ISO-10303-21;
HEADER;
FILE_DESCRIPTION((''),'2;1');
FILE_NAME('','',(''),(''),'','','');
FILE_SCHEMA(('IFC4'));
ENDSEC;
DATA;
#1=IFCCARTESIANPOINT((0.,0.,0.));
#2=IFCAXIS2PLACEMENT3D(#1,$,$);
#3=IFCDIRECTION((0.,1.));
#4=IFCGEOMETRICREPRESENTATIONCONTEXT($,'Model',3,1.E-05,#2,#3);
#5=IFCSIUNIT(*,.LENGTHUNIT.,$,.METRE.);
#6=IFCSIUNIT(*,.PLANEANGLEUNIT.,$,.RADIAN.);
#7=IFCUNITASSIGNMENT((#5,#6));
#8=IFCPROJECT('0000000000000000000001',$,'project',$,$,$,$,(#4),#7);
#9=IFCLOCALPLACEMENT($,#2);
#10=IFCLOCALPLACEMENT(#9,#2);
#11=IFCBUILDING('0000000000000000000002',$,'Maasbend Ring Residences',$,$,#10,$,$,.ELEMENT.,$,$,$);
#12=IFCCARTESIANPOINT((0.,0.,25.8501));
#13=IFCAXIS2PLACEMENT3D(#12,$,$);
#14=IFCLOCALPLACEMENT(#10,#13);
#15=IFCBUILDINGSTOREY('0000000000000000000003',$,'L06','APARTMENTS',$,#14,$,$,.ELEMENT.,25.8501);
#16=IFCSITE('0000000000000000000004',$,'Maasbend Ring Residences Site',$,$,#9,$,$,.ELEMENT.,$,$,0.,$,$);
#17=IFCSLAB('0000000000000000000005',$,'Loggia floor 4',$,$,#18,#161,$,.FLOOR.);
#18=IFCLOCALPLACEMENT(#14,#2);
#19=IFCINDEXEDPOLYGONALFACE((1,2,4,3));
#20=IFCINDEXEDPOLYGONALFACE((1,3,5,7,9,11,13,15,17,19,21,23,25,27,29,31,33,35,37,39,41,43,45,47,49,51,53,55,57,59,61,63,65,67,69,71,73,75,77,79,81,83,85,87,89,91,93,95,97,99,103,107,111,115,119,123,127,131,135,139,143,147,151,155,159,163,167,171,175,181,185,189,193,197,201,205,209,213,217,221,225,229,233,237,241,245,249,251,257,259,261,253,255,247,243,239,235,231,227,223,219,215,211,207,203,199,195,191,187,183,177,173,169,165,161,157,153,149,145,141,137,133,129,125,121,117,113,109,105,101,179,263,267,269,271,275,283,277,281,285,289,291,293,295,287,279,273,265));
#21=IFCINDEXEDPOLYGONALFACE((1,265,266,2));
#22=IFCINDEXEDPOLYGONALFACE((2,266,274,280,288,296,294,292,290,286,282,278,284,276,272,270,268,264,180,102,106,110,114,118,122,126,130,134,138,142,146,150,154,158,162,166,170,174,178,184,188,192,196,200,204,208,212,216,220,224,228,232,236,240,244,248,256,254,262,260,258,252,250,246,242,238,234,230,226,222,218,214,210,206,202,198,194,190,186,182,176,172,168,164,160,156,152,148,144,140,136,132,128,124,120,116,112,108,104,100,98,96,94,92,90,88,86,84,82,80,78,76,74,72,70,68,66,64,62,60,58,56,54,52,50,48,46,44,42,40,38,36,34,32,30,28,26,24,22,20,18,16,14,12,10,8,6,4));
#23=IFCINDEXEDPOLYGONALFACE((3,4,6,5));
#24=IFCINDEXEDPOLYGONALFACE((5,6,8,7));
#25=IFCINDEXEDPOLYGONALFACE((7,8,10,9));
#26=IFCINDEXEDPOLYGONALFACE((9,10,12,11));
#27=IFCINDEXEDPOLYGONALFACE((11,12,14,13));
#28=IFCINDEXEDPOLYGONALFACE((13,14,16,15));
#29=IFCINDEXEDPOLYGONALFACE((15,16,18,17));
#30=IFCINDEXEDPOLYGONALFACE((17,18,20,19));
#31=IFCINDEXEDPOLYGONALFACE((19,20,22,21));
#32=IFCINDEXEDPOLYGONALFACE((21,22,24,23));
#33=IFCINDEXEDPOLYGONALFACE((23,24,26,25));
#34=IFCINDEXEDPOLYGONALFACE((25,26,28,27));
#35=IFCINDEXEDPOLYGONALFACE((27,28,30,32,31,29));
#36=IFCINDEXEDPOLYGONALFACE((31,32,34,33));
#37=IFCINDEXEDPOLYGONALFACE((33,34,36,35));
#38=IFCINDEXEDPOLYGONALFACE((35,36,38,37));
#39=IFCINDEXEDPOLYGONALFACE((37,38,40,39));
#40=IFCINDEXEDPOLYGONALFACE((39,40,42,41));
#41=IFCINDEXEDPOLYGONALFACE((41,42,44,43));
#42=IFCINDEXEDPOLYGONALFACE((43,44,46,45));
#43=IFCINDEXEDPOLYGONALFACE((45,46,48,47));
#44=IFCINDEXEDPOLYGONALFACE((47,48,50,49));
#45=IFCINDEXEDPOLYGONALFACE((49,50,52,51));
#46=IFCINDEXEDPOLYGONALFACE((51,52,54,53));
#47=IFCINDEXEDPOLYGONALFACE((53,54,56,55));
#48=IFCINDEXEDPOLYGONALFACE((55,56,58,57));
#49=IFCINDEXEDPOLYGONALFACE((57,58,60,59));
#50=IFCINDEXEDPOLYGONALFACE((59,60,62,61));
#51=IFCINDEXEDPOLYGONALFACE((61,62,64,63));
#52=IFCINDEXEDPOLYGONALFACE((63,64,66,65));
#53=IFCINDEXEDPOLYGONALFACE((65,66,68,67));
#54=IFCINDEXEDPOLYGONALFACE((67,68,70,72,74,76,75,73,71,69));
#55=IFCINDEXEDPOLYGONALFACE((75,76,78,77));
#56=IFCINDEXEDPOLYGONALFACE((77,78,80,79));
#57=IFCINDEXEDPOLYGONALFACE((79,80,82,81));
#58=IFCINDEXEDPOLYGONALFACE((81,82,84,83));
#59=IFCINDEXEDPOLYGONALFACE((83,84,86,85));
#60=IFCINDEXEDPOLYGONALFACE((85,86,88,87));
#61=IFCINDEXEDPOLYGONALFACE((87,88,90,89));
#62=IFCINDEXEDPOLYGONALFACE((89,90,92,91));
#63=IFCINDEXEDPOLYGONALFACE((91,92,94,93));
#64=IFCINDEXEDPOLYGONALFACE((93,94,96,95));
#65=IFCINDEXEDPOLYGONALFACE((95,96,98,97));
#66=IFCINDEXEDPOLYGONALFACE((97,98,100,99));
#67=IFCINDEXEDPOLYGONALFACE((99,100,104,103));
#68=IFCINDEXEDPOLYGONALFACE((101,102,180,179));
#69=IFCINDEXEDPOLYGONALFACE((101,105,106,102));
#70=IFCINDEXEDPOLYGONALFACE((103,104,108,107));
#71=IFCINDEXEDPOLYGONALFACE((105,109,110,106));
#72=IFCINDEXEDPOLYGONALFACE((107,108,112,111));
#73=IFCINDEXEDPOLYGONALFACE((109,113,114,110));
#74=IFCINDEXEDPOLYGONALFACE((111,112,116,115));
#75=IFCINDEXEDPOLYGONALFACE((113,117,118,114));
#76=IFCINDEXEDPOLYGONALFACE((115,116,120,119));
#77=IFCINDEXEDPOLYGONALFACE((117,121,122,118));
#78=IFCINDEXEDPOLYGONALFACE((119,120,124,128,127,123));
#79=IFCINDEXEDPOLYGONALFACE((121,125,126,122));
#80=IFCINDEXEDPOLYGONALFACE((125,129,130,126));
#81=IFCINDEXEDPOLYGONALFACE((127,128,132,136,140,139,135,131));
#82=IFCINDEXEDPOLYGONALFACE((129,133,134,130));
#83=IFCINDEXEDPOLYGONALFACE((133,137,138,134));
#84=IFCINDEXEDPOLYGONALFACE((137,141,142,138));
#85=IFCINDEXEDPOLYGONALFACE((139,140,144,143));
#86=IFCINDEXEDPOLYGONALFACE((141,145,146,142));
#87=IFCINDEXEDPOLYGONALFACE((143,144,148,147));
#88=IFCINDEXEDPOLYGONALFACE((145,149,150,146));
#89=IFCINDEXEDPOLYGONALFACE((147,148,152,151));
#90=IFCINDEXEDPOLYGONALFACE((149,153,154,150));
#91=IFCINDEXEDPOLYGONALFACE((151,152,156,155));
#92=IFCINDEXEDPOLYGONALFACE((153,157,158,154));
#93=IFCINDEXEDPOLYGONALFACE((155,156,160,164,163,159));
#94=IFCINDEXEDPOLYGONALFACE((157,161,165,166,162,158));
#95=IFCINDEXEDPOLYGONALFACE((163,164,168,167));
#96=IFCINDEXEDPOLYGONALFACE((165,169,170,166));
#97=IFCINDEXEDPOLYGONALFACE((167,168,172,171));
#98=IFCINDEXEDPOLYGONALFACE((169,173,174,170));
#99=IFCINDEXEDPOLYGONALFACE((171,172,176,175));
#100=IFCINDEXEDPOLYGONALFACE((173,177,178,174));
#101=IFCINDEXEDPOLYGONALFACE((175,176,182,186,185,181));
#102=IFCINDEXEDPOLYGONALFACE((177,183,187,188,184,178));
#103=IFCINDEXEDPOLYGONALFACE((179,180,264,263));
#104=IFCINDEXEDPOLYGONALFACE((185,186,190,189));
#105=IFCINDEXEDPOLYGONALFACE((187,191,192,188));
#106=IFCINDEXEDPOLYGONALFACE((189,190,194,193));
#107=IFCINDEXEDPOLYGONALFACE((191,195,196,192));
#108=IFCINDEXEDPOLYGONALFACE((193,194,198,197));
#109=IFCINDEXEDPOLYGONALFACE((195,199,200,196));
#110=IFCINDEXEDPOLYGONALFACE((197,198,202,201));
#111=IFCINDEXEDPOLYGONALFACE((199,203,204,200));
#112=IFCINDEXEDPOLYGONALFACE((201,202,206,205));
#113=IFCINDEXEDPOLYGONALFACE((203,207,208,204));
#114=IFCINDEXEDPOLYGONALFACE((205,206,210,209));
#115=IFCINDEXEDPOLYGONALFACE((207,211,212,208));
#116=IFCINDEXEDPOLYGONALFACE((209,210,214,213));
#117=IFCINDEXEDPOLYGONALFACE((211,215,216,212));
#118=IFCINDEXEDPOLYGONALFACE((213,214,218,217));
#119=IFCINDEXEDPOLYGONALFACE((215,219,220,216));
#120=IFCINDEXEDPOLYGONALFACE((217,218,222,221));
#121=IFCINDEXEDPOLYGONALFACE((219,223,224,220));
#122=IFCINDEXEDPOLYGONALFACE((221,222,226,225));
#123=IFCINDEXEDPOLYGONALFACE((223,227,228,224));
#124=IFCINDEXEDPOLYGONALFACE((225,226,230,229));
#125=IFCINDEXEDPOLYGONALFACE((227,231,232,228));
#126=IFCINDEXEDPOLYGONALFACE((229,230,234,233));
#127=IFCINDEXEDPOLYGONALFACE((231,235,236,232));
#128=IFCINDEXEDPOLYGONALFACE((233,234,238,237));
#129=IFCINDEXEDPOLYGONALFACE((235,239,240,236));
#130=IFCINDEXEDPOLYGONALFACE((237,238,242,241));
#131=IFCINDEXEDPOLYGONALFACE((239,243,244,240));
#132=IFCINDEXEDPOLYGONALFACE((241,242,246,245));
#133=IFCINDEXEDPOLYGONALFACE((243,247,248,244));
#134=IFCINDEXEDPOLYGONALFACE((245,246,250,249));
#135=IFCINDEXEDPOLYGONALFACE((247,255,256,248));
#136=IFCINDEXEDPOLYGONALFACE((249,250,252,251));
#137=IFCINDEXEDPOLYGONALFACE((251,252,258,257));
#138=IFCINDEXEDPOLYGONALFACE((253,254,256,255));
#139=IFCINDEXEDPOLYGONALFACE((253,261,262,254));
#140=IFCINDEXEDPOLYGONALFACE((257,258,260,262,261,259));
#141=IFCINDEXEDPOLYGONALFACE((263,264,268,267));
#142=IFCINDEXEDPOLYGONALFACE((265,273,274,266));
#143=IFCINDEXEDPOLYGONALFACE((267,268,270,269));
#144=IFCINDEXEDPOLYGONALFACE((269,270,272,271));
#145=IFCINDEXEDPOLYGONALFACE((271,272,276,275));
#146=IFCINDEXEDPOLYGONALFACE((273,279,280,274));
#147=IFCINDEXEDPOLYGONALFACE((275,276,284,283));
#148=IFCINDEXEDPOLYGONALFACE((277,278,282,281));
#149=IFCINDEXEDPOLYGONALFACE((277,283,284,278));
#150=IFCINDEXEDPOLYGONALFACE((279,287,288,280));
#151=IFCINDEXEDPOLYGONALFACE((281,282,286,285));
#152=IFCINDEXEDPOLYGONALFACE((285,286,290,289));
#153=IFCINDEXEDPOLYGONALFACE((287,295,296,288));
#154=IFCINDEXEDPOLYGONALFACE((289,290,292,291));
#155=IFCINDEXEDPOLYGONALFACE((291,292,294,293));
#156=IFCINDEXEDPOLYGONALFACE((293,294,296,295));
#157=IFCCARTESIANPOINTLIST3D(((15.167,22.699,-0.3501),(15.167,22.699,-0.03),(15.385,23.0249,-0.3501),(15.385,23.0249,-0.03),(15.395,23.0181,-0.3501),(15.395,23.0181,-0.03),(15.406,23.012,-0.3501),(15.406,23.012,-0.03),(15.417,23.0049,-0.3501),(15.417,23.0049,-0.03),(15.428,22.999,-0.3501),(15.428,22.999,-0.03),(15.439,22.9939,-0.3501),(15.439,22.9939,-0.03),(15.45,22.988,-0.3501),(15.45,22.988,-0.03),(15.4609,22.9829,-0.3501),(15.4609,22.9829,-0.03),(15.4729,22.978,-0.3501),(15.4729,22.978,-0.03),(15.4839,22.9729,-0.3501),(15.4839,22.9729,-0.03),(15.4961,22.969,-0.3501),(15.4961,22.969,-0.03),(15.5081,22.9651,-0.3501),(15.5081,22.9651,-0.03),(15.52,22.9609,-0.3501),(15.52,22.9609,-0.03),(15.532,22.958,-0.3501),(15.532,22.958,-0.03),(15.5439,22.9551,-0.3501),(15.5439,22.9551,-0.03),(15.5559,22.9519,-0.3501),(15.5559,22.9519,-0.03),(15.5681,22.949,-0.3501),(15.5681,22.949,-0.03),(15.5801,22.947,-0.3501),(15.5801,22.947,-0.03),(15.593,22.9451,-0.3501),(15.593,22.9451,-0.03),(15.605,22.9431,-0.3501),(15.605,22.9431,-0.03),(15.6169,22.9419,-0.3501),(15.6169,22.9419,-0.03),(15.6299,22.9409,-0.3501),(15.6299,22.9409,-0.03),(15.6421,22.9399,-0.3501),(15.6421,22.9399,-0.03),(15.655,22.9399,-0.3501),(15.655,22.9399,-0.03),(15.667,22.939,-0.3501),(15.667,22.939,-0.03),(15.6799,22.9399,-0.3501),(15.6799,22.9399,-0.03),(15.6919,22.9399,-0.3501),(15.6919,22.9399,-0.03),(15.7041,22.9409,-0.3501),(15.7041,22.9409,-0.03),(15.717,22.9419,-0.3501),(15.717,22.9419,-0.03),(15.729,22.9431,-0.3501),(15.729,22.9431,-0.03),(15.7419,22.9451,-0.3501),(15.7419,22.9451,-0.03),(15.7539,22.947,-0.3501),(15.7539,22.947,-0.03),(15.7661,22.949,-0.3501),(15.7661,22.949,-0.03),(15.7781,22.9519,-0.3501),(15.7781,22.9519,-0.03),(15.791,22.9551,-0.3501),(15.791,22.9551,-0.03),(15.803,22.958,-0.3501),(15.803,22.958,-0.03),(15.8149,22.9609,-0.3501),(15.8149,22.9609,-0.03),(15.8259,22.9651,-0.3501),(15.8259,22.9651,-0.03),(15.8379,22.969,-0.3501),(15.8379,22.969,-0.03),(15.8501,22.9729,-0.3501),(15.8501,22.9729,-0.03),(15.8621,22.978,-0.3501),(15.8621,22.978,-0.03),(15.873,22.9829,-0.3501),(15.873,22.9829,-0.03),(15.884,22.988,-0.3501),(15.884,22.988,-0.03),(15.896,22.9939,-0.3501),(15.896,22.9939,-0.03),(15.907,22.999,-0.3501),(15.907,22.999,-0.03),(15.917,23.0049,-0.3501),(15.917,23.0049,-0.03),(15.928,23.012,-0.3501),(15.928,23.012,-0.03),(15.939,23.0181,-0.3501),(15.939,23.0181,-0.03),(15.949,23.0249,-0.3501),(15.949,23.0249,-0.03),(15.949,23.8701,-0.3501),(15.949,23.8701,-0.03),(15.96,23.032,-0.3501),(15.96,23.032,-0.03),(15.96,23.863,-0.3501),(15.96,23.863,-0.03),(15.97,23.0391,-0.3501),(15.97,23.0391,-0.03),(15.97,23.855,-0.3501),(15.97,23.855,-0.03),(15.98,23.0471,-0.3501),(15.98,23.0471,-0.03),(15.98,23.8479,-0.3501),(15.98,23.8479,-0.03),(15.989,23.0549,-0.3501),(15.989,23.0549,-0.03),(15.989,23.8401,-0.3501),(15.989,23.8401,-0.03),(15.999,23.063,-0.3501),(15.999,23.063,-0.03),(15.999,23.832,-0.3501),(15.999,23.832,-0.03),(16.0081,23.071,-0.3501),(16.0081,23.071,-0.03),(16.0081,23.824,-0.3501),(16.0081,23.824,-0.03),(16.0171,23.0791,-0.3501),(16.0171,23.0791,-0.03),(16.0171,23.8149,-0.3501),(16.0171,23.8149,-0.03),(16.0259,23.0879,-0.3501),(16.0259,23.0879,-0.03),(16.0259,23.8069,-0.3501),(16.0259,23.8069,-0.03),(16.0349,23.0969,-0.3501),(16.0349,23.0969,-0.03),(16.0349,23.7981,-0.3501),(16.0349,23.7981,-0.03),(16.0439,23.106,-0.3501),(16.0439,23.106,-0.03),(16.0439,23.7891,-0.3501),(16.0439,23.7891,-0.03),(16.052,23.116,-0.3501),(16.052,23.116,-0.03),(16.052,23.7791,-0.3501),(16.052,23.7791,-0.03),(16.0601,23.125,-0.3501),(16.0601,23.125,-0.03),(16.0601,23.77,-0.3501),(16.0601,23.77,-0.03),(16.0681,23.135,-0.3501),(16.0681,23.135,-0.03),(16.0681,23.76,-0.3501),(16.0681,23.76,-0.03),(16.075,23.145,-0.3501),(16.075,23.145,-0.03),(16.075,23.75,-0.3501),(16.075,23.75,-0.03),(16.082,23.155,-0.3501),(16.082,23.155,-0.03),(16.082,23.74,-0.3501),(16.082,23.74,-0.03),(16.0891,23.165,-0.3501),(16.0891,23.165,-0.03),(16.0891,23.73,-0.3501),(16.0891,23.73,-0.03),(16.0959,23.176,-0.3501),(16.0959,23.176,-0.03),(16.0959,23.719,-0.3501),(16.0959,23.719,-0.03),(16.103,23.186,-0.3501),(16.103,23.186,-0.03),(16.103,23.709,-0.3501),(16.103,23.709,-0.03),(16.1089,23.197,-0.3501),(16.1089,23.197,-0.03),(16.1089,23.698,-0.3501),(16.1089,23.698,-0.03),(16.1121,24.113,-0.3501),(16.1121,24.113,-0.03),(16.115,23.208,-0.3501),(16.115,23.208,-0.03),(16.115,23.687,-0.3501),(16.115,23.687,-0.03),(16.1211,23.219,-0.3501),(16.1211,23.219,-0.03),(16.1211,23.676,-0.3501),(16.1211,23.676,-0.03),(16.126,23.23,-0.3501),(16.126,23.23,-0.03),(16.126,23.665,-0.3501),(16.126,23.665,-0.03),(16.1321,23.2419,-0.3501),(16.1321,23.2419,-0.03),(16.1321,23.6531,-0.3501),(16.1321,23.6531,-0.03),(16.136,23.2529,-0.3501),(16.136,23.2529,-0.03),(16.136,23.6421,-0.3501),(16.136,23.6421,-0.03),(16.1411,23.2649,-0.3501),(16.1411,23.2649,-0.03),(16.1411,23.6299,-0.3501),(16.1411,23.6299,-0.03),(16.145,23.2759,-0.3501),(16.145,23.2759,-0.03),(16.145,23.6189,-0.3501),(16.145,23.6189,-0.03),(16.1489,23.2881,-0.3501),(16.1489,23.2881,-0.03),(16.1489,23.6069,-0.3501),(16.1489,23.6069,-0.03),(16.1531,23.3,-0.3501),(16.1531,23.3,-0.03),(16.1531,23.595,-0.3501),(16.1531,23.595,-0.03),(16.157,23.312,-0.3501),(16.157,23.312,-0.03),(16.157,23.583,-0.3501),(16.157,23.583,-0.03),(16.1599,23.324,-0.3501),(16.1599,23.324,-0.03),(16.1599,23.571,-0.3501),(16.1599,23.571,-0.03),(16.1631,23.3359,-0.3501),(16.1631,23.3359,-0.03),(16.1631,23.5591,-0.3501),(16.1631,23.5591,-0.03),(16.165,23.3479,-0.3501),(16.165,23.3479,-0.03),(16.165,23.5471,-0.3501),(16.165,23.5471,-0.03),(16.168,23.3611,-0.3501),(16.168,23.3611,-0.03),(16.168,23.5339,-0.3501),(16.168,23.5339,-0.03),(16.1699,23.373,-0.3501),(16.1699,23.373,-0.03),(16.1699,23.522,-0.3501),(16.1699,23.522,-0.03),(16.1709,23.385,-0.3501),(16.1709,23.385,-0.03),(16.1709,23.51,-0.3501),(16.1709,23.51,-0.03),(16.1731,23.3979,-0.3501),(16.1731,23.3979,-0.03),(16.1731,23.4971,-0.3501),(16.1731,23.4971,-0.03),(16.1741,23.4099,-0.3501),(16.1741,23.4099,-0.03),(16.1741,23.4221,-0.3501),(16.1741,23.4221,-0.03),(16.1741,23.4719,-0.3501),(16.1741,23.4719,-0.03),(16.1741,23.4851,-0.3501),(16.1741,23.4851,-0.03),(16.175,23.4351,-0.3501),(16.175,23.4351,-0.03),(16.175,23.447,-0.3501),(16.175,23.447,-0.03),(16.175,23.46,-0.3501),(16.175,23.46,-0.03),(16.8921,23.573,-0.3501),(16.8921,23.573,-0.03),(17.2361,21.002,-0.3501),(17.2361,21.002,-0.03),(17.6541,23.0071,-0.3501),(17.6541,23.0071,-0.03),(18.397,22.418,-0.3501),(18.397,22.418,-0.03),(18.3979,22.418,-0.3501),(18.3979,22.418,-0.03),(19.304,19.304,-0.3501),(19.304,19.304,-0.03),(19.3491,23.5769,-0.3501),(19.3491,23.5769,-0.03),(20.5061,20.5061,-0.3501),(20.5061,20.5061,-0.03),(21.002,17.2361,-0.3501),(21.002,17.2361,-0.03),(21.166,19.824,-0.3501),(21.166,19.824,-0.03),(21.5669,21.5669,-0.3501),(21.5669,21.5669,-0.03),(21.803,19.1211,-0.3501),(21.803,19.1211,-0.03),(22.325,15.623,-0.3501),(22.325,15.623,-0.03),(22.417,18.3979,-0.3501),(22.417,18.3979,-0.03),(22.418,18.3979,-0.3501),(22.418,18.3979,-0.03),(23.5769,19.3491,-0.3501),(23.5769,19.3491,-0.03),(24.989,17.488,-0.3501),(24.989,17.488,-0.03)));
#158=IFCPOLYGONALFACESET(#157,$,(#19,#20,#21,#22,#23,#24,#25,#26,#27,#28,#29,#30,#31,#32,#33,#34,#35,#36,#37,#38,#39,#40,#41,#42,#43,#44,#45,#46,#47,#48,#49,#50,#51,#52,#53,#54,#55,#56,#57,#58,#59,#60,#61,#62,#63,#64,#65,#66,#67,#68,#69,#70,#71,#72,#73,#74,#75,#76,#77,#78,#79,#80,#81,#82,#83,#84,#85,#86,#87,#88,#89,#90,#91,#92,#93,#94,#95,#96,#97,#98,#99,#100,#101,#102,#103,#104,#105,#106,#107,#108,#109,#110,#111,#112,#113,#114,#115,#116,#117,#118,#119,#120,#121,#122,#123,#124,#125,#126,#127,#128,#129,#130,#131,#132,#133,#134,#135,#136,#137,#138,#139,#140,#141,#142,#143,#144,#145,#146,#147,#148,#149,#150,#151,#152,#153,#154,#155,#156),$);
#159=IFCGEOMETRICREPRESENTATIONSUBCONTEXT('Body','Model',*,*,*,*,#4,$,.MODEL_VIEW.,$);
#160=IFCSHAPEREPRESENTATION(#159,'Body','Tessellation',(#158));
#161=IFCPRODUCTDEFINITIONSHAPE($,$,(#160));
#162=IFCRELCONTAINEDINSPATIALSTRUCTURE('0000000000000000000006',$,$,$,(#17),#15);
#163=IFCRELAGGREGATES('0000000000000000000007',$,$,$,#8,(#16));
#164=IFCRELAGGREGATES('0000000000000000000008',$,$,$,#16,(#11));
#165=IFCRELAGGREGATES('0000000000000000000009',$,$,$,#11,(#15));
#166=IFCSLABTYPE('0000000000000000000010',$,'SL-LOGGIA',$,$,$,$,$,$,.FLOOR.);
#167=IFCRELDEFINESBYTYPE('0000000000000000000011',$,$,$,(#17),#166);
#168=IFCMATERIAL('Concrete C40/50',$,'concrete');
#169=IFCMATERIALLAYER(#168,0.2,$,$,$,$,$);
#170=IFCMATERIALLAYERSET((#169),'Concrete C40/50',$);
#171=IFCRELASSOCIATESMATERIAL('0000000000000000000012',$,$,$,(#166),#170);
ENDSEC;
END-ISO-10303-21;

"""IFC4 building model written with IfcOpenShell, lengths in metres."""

from ifc_helpers import new_model, si_unit, direction, frame, origin, place, context, subcontext, project, spatial, polyline, outline, extrude, material, layer, layer_set, type_object, element, save


model = new_model("IFC4")

# Units and contexts
model_context = context("Model", 3, precision=1e-05, world=origin(), true_north=direction((0.0, 1.0)))
body_context = subcontext(model_context, "Body", "Model", "MODEL_VIEW")
ifc_project = project(units=[si_unit("LENGTHUNIT", "METRE"), si_unit("PLANEANGLEUNIT", "RADIAN")], contexts=[model_context])

# Site, building, storey
site_placement = place(None, origin())
site = spatial("IfcSite", under=ifc_project, at=site_placement, Name="Maasbend Ring Residences Site", CompositionType="ELEMENT", RefElevation=0.0)
building_placement = place(site_placement, origin())
building = spatial("IfcBuilding", under=site, at=building_placement, Name="Maasbend Ring Residences", CompositionType="ELEMENT")
storey_placement = place(building_placement, frame((0.0, 0.0, 25.8501)))
storey = spatial("IfcBuildingStorey", under=building, at=storey_placement, Name="L06", Description="APARTMENTS", CompositionType="ELEMENT", Elevation=25.8501)

# Slab
ifc_material_1 = material(Name="Concrete C40/50", Category="concrete")
ifc_layer_1 = layer(ifc_material_1, 0.2)
ifc_layer_set_1 = layer_set([ifc_layer_1], Name="Concrete C40/50")
slab_type_1 = type_object("IfcSlabType", Name="SL-LOGGIA", PredefinedType="FLOOR", material=ifc_layer_set_1)
slab_1_placement = place(storey_placement, frame((0.0, 0.0, -0.3501)))
element("IfcSlab", 1, at=slab_1_placement, inside=storey, type_object=slab_type_1, Name="Loggia floor 4", PredefinedType="FLOOR", context=body_context, shape_type="SweptSolid", body=[
    extrude(outline(polyline([(15.406, 23.012), (15.417, 23.0049), (15.428, 22.999), (15.439, 22.9939), (15.45, 22.988), (15.4609, 22.9829), (15.4729, 22.978), (15.4839, 22.9729), (15.4961, 22.969), (15.5081, 22.9651), (15.52, 22.9609), (15.532, 22.958), (15.5439, 22.9551), (15.5559, 22.9519), (15.5681, 22.949), (15.5801, 22.947), (15.593, 22.9451), (15.605, 22.9431), (15.6169, 22.9419), (15.6299, 22.9409), (15.6421, 22.9399), (15.655, 22.9399), (15.667, 22.939), (15.6799, 22.9399), (15.6919, 22.9399), (15.7041, 22.9409), (15.717, 22.9419), (15.729, 22.9431), (15.7419, 22.9451), (15.7539, 22.947), (15.7661, 22.949), (15.7781, 22.9519), (15.791, 22.9551), (15.803, 22.958), (15.8149, 22.9609), (15.8259, 22.9651), (15.8379, 22.969), (15.8501, 22.9729), (15.8621, 22.978), (15.873, 22.9829), (15.884, 22.988), (15.896, 22.9939), (15.907, 22.999), (15.917, 23.0049), (15.928, 23.012), (15.939, 23.0181), (15.949, 23.0249), (15.96, 23.032), (15.97, 23.0391), (15.98, 23.0471), (15.989, 23.0549), (15.999, 23.063), (16.0081, 23.071), (16.0171, 23.0791), (16.0259, 23.0879), (16.0349, 23.0969), (16.0439, 23.106), (16.052, 23.116), (16.0601, 23.125), (16.0681, 23.135), (16.075, 23.145), (16.082, 23.155), (16.0891, 23.165), (16.0959, 23.176), (16.103, 23.186), (16.1089, 23.197), (16.115, 23.208), (16.1211, 23.219), (16.126, 23.23), (16.1321, 23.2419), (16.136, 23.2529), (16.1411, 23.2649), (16.145, 23.2759), (16.1489, 23.2881), (16.1531, 23.3), (16.157, 23.312), (16.1599, 23.324), (16.1631, 23.3359), (16.165, 23.3479), (16.168, 23.3611), (16.1699, 23.373), (16.1709, 23.385), (16.1731, 23.3979), (16.1741, 23.4099), (16.1741, 23.4221), (16.175, 23.4351), (16.175, 23.447), (16.175, 23.46), (16.1741, 23.4719), (16.1741, 23.4851), (16.1731, 23.4971), (16.1709, 23.51), (16.1699, 23.522), (16.168, 23.5339), (16.165, 23.5471), (16.1631, 23.5591), (16.1599, 23.571), (16.157, 23.583), (16.1531, 23.595), (16.1489, 23.6069), (16.145, 23.6189), (16.1411, 23.6299), (16.136, 23.6421), (16.1321, 23.6531), (16.126, 23.665), (16.1211, 23.676), (16.115, 23.687), (16.1089, 23.698), (16.103, 23.709), (16.0959, 23.719), (16.0891, 23.73), (16.082, 23.74), (16.075, 23.75), (16.0681, 23.76), (16.0601, 23.77), (16.052, 23.7791), (16.0439, 23.7891), (16.0349, 23.7981), (16.0259, 23.8069), (16.0171, 23.8149), (16.0081, 23.824), (15.999, 23.832), (15.989, 23.8401), (15.98, 23.8479), (15.97, 23.855), (15.96, 23.863), (15.949, 23.8701), (15.949, 23.8701), (16.1121, 24.113), (16.1121, 24.113), (16.1121, 24.113), (16.8921, 23.573), (16.8921, 23.573), (17.6541, 23.0071), (17.6541, 23.0071), (18.397, 22.418), (18.397, 22.418), (18.397, 22.418), (18.397, 22.418), (18.397, 22.418), (18.397, 22.418), (18.397, 22.418), (18.397, 22.418), (18.397, 22.418), (18.397, 22.418), (18.397, 22.418), (18.3979, 22.418), (18.3979, 22.418), (18.3979, 22.418), (18.3979, 22.418), (18.3979, 22.418), (18.3979, 22.418), (19.3491, 23.5769), (19.3491, 23.5769), (19.3491, 23.5769), (21.5669, 21.5669), (21.5669, 21.5669), (21.5669, 21.5669), (20.5061, 20.5061), (20.5061, 20.5061), (20.5061, 20.5061), (20.5061, 20.5061), (20.5061, 20.5061), (20.5061, 20.5061), (20.5061, 20.5061), (20.5061, 20.5061), (20.5061, 20.5061), (20.5061, 20.5061), (20.5061, 20.5061), (20.5061, 20.5061), (20.5061, 20.5061), (20.5061, 20.5061), (20.5061, 20.5061), (20.5061, 20.5061), (20.5061, 20.5061), (21.166, 19.824), (21.166, 19.824), (21.803, 19.1211), (21.803, 19.1211), (22.417, 18.3979), (22.417, 18.3979), (22.417, 18.3979), (22.417, 18.3979), (22.417, 18.3979), (22.417, 18.3979), (22.417, 18.3979), (22.417, 18.3979), (22.417, 18.3979), (22.417, 18.3979), (22.417, 18.3979), (22.417, 18.3979), (22.418, 18.3979), (22.418, 18.3979), (22.418, 18.3979), (22.418, 18.3979), (22.418, 18.3979), (23.5769, 19.3491), (23.5769, 19.3491), (23.5769, 19.3491), (24.989, 17.488), (24.989, 17.488), (24.989, 17.488), (22.325, 15.623), (22.325, 15.623), (22.325, 15.623), (21.002, 17.2361), (19.304, 19.304), (19.304, 19.304), (19.304, 19.304), (17.2361, 21.002), (15.167, 22.699), (15.167, 22.699), (15.167, 22.699), (15.385, 23.0249), (15.385, 23.0249), (15.395, 23.0181), (15.406, 23.012)])), origin(), (0.0, 0.0, 1.0), 0.3201),
])

save(model, "model.ifc")
